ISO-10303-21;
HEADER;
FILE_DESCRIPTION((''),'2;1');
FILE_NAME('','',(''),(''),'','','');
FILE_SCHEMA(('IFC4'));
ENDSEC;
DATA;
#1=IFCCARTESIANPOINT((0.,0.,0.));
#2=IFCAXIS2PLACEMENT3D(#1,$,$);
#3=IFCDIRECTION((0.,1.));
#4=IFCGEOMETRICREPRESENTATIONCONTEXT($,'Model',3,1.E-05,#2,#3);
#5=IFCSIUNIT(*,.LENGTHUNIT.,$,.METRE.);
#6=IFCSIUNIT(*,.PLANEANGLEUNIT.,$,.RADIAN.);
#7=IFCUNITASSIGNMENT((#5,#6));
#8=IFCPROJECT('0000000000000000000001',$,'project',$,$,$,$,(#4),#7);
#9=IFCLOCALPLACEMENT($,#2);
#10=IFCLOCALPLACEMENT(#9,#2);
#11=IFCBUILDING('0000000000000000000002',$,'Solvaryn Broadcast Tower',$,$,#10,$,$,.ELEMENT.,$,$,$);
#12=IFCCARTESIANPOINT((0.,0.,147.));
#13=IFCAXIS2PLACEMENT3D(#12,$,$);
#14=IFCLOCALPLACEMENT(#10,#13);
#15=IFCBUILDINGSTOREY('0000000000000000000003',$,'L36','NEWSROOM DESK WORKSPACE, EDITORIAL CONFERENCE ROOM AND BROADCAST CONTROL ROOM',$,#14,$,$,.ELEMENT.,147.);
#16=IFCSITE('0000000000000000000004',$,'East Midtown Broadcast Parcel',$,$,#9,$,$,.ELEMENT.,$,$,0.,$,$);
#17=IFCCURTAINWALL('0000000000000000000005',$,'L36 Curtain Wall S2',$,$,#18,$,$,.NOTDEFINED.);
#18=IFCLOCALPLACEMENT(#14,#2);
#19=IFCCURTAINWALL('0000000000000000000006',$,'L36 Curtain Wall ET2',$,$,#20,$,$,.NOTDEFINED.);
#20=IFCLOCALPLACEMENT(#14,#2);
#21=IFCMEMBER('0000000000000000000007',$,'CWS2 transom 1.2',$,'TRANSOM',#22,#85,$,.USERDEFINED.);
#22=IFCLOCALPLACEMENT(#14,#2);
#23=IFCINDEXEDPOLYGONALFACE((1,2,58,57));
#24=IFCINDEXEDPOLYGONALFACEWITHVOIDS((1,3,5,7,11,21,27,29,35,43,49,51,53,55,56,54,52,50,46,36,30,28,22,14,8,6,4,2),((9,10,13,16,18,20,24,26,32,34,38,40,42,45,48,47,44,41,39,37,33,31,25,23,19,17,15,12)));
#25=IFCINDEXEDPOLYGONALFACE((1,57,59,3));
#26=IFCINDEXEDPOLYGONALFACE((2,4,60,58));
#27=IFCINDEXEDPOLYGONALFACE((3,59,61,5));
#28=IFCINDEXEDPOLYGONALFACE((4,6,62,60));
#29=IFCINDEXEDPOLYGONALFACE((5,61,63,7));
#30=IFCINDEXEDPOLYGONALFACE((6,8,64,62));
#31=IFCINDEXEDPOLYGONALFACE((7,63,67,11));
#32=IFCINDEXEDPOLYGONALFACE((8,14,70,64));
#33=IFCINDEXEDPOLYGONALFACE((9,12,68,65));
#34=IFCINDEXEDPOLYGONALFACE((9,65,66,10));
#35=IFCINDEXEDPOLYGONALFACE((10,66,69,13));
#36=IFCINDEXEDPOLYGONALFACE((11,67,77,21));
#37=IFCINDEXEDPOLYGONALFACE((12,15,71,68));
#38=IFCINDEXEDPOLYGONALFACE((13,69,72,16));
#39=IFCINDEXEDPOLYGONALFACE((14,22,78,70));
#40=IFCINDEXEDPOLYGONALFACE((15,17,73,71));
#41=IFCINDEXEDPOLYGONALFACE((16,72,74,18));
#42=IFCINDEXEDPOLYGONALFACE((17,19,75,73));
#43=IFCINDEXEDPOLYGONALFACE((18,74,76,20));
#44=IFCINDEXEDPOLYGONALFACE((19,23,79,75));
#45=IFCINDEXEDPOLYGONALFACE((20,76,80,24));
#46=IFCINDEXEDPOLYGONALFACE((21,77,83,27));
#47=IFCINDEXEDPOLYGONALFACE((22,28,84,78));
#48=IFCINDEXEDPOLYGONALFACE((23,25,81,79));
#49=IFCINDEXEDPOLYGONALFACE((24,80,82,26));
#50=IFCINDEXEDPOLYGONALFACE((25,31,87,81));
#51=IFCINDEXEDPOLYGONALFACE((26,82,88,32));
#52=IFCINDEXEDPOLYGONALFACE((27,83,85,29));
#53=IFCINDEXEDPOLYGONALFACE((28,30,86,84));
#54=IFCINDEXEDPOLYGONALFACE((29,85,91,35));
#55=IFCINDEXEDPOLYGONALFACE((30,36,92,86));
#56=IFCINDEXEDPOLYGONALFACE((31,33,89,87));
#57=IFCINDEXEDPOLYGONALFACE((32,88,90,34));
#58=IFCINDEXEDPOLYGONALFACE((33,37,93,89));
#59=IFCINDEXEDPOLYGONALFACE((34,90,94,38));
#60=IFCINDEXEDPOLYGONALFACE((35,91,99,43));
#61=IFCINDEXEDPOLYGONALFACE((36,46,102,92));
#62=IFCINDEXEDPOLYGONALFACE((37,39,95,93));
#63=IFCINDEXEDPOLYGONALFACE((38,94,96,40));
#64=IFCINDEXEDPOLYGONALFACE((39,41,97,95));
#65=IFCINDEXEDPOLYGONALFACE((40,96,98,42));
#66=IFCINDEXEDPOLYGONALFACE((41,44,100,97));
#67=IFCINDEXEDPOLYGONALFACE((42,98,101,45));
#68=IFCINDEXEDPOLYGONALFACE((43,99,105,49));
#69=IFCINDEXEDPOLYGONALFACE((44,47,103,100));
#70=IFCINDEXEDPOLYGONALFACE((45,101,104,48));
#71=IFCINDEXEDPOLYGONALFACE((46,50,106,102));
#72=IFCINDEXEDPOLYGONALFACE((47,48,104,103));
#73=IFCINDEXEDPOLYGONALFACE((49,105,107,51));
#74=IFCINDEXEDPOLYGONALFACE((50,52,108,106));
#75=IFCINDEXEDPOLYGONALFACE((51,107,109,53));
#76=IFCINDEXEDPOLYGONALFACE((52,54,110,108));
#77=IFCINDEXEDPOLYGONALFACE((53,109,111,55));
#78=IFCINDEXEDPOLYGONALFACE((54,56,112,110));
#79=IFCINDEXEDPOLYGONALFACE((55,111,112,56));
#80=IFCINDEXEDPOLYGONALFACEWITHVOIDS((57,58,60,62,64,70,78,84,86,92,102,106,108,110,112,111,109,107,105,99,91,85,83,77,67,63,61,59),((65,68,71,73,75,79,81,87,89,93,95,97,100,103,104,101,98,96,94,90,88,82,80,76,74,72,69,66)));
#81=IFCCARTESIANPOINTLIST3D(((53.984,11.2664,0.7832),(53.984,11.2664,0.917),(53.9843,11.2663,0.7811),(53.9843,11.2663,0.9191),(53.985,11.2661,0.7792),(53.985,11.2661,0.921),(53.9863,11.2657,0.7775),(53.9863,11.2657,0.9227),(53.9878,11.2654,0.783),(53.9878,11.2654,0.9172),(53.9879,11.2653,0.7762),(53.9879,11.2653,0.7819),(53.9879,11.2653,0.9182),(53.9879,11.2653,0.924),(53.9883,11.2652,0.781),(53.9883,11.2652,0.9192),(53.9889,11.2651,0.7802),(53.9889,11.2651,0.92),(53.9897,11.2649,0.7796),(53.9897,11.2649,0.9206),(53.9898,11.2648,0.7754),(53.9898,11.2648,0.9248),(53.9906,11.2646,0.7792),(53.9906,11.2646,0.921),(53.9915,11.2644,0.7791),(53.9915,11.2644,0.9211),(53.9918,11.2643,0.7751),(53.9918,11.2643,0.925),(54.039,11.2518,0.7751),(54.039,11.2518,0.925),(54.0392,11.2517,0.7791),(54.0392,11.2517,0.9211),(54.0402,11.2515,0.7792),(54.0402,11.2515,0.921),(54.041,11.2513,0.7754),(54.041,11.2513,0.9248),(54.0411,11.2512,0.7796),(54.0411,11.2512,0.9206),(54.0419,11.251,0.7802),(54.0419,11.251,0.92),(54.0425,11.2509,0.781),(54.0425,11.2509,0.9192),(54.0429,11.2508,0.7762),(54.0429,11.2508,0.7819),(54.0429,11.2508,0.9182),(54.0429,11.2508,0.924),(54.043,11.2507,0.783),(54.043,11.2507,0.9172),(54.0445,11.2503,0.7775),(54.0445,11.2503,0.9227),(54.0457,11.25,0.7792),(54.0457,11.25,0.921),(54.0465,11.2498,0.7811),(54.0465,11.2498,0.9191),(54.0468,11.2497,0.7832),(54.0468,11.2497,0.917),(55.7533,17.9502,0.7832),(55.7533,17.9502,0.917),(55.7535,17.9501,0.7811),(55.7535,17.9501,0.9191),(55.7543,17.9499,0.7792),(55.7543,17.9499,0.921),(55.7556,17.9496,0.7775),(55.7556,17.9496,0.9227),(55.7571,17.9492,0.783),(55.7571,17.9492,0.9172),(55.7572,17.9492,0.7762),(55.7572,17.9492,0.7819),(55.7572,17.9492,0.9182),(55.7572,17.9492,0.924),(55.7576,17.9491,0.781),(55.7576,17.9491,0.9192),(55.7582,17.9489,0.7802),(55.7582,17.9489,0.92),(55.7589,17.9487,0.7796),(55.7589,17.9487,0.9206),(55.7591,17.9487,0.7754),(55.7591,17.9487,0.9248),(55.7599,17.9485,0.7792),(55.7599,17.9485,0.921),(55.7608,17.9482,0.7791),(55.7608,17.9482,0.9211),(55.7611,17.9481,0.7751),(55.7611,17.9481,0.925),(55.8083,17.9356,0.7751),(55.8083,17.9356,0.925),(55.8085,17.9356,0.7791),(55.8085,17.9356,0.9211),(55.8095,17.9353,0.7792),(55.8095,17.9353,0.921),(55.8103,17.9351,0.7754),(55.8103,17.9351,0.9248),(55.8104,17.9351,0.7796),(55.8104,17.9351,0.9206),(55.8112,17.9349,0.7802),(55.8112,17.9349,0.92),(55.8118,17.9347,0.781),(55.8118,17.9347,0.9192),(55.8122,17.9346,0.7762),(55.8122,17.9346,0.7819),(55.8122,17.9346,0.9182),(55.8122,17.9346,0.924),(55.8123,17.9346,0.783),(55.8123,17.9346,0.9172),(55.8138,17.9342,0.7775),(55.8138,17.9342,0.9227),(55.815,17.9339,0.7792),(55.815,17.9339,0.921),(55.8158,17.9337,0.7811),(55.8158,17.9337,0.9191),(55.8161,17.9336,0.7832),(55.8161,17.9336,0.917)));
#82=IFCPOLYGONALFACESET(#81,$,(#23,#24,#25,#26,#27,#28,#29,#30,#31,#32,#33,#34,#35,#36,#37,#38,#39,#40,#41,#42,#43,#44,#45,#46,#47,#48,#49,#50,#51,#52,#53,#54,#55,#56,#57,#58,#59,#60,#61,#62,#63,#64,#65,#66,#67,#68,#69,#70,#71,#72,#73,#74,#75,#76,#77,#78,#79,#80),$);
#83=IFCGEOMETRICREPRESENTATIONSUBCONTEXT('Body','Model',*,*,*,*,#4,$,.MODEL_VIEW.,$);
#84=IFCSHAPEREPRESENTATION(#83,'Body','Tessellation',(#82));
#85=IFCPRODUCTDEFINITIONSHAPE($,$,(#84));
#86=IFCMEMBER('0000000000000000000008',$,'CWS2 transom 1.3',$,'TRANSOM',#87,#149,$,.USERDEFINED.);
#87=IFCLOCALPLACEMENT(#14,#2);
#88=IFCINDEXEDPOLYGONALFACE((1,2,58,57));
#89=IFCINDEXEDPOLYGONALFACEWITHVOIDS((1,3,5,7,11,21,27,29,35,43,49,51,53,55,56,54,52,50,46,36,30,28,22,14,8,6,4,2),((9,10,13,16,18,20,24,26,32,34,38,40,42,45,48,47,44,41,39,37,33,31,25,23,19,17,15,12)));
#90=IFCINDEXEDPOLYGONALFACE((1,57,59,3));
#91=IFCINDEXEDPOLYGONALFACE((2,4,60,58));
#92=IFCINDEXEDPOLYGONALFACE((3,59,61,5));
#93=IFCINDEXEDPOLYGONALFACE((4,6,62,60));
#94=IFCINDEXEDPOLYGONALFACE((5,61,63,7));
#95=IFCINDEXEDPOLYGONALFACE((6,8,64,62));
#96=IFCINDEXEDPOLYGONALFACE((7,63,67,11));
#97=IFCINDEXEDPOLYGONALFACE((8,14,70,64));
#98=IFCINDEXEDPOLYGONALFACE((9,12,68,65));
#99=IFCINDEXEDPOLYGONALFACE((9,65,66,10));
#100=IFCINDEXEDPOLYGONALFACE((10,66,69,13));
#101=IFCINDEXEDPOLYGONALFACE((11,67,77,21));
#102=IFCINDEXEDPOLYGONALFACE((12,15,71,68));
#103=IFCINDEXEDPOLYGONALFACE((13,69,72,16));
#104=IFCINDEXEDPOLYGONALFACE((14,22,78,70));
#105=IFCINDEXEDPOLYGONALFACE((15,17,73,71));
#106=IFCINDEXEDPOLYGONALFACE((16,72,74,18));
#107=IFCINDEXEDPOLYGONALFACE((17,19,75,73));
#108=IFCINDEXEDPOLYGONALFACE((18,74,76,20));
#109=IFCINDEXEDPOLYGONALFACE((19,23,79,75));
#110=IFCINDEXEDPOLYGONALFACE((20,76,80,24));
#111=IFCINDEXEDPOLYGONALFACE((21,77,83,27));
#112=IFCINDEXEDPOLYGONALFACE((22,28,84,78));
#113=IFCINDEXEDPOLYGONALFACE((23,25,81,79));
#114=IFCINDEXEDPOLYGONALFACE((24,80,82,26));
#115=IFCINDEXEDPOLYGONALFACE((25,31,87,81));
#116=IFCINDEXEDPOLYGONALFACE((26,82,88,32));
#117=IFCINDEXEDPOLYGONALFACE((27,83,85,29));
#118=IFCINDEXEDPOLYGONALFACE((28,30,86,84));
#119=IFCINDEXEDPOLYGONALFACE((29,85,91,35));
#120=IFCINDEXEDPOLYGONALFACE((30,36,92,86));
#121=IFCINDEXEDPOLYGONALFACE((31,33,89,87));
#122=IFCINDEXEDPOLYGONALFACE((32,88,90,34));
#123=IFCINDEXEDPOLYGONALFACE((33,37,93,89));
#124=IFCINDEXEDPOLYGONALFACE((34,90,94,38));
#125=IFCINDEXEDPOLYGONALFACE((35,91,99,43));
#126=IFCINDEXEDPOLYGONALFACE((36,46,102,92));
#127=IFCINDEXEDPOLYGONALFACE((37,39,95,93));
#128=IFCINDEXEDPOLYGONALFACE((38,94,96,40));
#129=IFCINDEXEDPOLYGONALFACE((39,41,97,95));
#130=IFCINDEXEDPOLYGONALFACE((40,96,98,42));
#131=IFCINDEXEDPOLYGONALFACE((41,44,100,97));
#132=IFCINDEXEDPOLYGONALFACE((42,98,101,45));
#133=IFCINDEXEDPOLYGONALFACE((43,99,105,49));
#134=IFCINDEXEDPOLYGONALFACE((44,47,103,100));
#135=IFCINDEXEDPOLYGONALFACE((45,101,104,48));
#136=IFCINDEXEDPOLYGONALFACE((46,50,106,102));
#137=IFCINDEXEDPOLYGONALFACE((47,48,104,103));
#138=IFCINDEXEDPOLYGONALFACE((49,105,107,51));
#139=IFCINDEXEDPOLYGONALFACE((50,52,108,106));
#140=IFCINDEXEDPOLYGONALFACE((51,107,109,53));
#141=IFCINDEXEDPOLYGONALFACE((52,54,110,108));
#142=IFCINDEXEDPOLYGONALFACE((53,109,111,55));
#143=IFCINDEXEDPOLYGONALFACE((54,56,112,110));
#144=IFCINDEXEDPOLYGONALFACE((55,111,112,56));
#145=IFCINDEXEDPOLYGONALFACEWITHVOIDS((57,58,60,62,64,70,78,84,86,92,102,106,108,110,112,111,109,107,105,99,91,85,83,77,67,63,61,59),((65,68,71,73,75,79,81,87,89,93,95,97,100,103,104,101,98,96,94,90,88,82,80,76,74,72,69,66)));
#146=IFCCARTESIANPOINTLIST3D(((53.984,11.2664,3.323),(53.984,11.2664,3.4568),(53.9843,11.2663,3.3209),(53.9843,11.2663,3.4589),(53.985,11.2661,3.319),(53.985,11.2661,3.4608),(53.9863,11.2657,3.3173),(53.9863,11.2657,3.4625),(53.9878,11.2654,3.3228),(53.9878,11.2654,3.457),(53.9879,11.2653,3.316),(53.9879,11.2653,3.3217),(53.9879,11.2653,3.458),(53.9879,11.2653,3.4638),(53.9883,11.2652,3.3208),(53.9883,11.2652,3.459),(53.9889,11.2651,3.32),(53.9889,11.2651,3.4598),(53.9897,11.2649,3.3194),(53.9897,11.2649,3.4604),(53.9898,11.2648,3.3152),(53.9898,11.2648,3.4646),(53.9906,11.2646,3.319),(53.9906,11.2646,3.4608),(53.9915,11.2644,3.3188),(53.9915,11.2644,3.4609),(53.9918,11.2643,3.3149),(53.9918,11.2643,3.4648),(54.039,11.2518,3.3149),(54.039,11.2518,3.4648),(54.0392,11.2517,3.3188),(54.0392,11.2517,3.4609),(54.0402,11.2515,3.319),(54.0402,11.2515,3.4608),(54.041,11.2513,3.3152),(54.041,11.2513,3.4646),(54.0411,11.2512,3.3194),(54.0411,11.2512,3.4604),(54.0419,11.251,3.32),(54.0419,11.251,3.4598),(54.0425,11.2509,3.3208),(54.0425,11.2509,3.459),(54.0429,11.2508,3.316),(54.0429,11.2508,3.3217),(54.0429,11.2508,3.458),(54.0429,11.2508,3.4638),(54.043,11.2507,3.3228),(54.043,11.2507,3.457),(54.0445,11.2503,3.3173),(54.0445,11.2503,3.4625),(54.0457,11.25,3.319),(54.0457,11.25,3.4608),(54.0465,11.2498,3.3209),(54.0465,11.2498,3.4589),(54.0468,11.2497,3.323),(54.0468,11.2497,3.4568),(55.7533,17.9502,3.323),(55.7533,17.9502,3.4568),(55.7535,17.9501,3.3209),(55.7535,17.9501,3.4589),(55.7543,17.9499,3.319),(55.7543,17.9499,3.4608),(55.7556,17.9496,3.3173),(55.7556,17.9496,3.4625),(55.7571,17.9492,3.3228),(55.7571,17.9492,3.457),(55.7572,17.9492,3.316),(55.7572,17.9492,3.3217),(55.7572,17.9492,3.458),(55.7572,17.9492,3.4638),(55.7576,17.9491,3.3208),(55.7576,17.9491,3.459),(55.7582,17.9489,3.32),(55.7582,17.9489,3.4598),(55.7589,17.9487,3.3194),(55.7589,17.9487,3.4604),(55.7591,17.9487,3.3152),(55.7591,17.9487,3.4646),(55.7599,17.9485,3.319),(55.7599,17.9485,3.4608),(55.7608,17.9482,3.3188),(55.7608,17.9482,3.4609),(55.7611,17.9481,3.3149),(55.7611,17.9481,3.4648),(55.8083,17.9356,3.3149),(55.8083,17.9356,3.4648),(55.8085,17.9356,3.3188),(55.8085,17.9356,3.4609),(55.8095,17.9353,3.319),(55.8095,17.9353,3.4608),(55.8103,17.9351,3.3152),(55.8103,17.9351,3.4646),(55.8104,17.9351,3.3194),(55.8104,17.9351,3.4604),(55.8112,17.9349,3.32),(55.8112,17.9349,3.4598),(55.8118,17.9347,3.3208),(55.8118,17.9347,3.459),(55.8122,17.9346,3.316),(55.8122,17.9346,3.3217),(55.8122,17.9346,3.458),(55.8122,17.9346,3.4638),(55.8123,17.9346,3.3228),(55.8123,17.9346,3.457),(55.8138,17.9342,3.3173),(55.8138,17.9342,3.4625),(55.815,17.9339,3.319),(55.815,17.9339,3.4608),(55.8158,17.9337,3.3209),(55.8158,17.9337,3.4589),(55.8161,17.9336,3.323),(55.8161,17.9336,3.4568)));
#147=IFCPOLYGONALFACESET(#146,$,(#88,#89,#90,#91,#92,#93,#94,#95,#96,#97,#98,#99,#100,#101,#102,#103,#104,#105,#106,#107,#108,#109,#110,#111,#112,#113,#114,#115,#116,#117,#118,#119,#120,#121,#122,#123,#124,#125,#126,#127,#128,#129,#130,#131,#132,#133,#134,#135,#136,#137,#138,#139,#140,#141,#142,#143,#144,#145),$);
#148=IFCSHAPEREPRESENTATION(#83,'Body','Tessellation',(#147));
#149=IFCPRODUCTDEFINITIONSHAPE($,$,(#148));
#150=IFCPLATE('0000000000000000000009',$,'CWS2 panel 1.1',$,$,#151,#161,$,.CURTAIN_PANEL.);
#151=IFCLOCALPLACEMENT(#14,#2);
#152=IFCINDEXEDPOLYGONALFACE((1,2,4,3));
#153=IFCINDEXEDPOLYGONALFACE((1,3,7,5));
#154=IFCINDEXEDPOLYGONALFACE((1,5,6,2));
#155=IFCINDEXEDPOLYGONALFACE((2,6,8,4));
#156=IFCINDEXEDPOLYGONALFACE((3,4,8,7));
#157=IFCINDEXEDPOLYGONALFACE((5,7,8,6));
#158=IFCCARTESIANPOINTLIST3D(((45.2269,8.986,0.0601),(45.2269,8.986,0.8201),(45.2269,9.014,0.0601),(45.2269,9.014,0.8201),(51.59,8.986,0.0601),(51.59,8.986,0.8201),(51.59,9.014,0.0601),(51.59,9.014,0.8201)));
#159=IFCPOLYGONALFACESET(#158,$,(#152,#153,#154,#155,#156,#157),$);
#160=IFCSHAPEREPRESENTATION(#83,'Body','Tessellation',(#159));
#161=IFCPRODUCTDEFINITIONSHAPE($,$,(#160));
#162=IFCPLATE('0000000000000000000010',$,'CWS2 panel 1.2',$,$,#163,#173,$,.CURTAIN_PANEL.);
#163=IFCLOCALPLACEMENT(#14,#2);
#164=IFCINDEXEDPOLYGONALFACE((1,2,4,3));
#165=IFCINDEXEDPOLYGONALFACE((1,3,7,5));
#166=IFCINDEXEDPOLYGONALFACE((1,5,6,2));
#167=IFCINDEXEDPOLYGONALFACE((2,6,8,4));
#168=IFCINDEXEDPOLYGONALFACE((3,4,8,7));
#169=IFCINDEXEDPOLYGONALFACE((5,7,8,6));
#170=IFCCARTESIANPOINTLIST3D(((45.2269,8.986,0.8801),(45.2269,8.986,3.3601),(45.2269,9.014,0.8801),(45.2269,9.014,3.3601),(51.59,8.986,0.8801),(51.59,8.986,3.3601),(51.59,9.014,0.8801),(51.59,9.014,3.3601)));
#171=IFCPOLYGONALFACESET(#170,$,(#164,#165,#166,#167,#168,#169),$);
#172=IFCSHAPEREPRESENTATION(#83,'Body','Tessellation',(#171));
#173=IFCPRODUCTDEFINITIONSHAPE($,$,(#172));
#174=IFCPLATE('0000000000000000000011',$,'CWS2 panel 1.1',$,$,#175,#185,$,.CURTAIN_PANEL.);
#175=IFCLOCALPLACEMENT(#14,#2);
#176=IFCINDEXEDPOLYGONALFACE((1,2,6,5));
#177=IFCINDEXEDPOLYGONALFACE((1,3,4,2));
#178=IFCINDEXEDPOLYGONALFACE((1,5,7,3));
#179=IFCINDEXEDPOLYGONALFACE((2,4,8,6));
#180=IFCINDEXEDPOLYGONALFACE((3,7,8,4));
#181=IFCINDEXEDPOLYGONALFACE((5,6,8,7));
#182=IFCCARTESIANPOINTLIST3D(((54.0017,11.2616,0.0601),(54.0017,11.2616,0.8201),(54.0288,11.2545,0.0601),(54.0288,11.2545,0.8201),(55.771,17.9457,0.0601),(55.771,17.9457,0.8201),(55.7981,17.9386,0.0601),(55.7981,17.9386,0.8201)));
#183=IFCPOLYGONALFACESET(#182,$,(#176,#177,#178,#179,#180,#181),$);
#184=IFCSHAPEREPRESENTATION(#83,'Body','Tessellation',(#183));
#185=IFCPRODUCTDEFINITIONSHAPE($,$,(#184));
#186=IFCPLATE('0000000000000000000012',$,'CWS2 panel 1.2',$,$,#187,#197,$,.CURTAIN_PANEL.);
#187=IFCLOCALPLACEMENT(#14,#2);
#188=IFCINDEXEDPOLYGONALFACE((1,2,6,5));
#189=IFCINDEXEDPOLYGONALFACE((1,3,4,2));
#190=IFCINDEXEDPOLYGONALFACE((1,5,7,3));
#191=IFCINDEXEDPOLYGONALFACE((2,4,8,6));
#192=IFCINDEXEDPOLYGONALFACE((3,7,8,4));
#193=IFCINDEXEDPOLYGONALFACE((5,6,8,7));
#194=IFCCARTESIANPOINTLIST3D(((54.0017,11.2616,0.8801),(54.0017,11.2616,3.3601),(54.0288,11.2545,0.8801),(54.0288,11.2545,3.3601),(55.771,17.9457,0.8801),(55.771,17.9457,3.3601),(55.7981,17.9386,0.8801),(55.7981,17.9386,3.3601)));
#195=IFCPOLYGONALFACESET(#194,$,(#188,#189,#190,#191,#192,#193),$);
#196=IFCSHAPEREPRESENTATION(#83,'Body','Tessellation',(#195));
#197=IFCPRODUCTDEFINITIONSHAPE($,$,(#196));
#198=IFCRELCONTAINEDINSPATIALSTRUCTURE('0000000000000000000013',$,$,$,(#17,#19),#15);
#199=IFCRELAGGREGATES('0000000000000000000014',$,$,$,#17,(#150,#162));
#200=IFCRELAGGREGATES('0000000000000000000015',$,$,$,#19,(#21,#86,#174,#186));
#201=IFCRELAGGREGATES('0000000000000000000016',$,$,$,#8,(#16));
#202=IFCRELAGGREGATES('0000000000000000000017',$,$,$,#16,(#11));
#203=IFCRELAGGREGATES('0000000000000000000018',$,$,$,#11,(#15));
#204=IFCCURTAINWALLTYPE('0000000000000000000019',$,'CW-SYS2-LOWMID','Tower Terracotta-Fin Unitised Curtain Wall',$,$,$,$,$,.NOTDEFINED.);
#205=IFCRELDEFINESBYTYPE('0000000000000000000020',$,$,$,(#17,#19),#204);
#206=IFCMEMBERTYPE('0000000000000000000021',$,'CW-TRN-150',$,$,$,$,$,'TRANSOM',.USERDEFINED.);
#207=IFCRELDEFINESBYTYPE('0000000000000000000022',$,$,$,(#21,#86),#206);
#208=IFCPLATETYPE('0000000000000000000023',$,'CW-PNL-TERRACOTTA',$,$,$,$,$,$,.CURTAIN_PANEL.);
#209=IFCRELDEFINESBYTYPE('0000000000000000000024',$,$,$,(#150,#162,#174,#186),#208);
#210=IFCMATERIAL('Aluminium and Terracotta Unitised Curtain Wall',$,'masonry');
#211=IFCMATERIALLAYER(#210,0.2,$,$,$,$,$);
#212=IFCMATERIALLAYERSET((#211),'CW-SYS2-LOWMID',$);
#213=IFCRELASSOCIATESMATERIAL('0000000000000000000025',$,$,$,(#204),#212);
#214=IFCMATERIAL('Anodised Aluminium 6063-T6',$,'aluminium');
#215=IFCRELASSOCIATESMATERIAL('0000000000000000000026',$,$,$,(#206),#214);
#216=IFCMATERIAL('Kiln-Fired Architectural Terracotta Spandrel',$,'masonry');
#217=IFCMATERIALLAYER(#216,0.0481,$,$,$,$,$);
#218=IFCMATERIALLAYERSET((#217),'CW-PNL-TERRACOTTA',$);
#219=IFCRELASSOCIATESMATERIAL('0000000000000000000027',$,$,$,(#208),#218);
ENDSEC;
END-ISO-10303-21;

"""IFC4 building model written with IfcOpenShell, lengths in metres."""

from ifc_helpers import new_model, si_unit, direction, frame, origin, origin_2d, place, context, subcontext, project, spatial, rectangle, hollow_rectangle, extrude, material, layer, layer_set, material_profile, profile_set, type_object, element, aggregate, save


model = new_model("IFC4")

# Units and contexts
model_context = context("Model", 3, precision=1e-05, world=origin(), true_north=direction((0.0, 1.0)))
body_context = subcontext(model_context, "Body", "Model", "MODEL_VIEW")
ifc_project = project(units=[si_unit("LENGTHUNIT", "METRE"), si_unit("PLANEANGLEUNIT", "RADIAN")], contexts=[model_context])

# Site, building, storey
site_placement = place(None, origin())
site = spatial("IfcSite", under=ifc_project, at=site_placement, Name="East Midtown Broadcast Parcel", CompositionType="ELEMENT", RefElevation=0.0)
building_placement = place(site_placement, origin())
building = spatial("IfcBuilding", under=site, at=building_placement, Name="Solvaryn Broadcast Tower", CompositionType="ELEMENT")
storey_placement = place(building_placement, frame((0.0, 0.0, 147.0)))
storey = spatial("IfcBuildingStorey", under=building, at=storey_placement, Name="L36", Description="NEWSROOM DESK WORKSPACE, EDITORIAL CONFERENCE ROOM AND BROADCAST CONTROL ROOM", CompositionType="ELEMENT", Elevation=147.0)

# Curtain wall
ifc_material_1 = material(Name="Aluminium and Terracotta Unitised Curtain Wall", Category="masonry")
ifc_layer_1 = layer(ifc_material_1, 0.2)
ifc_layer_set_1 = layer_set([ifc_layer_1], Name="CW-SYS2-LOWMID")
curtain_wall_type = type_object("IfcCurtainWallType", Name="CW-SYS2-LOWMID", Description="Tower Terracotta-Fin Unitised Curtain Wall", PredefinedType="NOTDEFINED", material=ifc_layer_set_1)
curtain_wall_1_placement = place(storey_placement, origin())
curtain_wall_1 = element("IfcCurtainWall", 1, at=curtain_wall_1_placement, inside=storey, type_object=curtain_wall_type, Name="L36 Curtain Wall S2", PredefinedType="NOTDEFINED")

# Curtain wall
curtain_wall_2_placement = place(storey_placement, origin())
curtain_wall_2 = element("IfcCurtainWall", 2, at=curtain_wall_2_placement, inside=storey, type_object=curtain_wall_type, Name="L36 Curtain Wall ET2", PredefinedType="NOTDEFINED")

# Members
ifc_material_2 = material(Name="Anodised Aluminium 6063-T6", Category="aluminium")
ifc_material_profile_1 = material_profile(ifc_material_2, hollow_rectangle(XDim=0.0649, YDim=0.1499, WallThickness=0.0039, InnerFilletRadius=0.0039, OuterFilletRadius=0.0081, at=origin_2d()))
ifc_profile_set_1 = profile_set([ifc_material_profile_1], Name="Anodised Aluminium 6063-T6")
member_type_1 = type_object("IfcMemberType", Name="CW-TRN-150", ElementType="TRANSOM", PredefinedType="USERDEFINED", material=ifc_profile_set_1)
member_1_placement = place(storey_placement, frame((55.7847, 17.9419, 0.8501), z_axis=(-0.255897, -0.966704, 0.0), x_axis=(0.966704, -0.255897, 0.0)))
member_1 = element("IfcMember", 3, at=member_1_placement, type_object=member_type_1, Name="CWS2 transom 1.2", ObjectType="TRANSOM", PredefinedType="USERDEFINED", context=body_context, shape_type="SweptSolid", body=[
    extrude(hollow_rectangle(XDim=0.0649, YDim=0.1499, WallThickness=0.0039, InnerFilletRadius=0.0039, OuterFilletRadius=0.0081, at=origin_2d()), origin(), (0.0, 0.0, 1.0), 6.9141),
])
member_2_placement = place(storey_placement, frame((55.7847, 17.9419, 3.3899), z_axis=(-0.255897, -0.966704, 0.0), x_axis=(0.966704, -0.255897, 0.0)))
member_2 = element("IfcMember", 4, at=member_2_placement, type_object=member_type_1, Name="CWS2 transom 1.3", ObjectType="TRANSOM", PredefinedType="USERDEFINED", context=body_context, shape_type="SweptSolid", body=[
    extrude(hollow_rectangle(XDim=0.0649, YDim=0.1499, WallThickness=0.0039, InnerFilletRadius=0.0039, OuterFilletRadius=0.0081, at=origin_2d()), origin(), (0.0, 0.0, 1.0), 6.9141),
])

# Plates
ifc_material_3 = material(Name="Kiln-Fired Architectural Terracotta Spandrel", Category="masonry")
ifc_layer_2 = layer(ifc_material_3, 0.0481)
ifc_layer_set_2 = layer_set([ifc_layer_2], Name="CW-PNL-TERRACOTTA")
plate_type = type_object("IfcPlateType", Name="CW-PNL-TERRACOTTA", PredefinedType="CURTAIN_PANEL", material=ifc_layer_set_2)
plate_1_placement = place(storey_placement, frame((48.4084, 9.0, 0.0601), z_axis=(0.0, 0.0, 1.0), x_axis=(1.0, 0.0, 0.0)))
plate_1 = element("IfcPlate", 5, at=plate_1_placement, type_object=plate_type, Name="CWS2 panel 1.1", PredefinedType="CURTAIN_PANEL", context=body_context, shape_type="SweptSolid", body=[
    extrude(rectangle(XDim=6.363, YDim=0.0281, at=origin_2d()), origin(), (0.0, 0.0, 1.0), 0.76),
])
plate_2_placement = place(storey_placement, frame((48.4084, 9.0, 0.8801), z_axis=(0.0, 0.0, 1.0), x_axis=(1.0, 0.0, 0.0)))
plate_2 = element("IfcPlate", 6, at=plate_2_placement, type_object=plate_type, Name="CWS2 panel 1.2", PredefinedType="CURTAIN_PANEL", context=body_context, shape_type="SweptSolid", body=[
    extrude(rectangle(XDim=6.363, YDim=0.0281, at=origin_2d()), origin(), (0.0, 0.0, 1.0), 2.48),
])
aggregate(curtain_wall_1, [plate_1, plate_2])
plate_3_placement = place(storey_placement, frame((54.8999, 14.6001, 0.0601), z_axis=(0.0, 0.0, 1.0), x_axis=(-0.255893, -0.966705, 0.0)))
plate_3 = element("IfcPlate", 7, at=plate_3_placement, type_object=plate_type, Name="CWS2 panel 1.1", PredefinedType="CURTAIN_PANEL", context=body_context, shape_type="SweptSolid", body=[
    extrude(rectangle(XDim=6.9143, YDim=0.0281, at=origin_2d()), origin(), (0.0, 0.0, 1.0), 0.76),
])
plate_4_placement = place(storey_placement, frame((54.8999, 14.6001, 0.8801), z_axis=(0.0, 0.0, 1.0), x_axis=(-0.255893, -0.966705, 0.0)))
plate_4 = element("IfcPlate", 8, at=plate_4_placement, type_object=plate_type, Name="CWS2 panel 1.2", PredefinedType="CURTAIN_PANEL", context=body_context, shape_type="SweptSolid", body=[
    extrude(rectangle(XDim=6.9143, YDim=0.0281, at=origin_2d()), origin(), (0.0, 0.0, 1.0), 2.48),
])
aggregate(curtain_wall_2, [member_1, member_2, plate_3, plate_4])

save(model, "model.ifc")
